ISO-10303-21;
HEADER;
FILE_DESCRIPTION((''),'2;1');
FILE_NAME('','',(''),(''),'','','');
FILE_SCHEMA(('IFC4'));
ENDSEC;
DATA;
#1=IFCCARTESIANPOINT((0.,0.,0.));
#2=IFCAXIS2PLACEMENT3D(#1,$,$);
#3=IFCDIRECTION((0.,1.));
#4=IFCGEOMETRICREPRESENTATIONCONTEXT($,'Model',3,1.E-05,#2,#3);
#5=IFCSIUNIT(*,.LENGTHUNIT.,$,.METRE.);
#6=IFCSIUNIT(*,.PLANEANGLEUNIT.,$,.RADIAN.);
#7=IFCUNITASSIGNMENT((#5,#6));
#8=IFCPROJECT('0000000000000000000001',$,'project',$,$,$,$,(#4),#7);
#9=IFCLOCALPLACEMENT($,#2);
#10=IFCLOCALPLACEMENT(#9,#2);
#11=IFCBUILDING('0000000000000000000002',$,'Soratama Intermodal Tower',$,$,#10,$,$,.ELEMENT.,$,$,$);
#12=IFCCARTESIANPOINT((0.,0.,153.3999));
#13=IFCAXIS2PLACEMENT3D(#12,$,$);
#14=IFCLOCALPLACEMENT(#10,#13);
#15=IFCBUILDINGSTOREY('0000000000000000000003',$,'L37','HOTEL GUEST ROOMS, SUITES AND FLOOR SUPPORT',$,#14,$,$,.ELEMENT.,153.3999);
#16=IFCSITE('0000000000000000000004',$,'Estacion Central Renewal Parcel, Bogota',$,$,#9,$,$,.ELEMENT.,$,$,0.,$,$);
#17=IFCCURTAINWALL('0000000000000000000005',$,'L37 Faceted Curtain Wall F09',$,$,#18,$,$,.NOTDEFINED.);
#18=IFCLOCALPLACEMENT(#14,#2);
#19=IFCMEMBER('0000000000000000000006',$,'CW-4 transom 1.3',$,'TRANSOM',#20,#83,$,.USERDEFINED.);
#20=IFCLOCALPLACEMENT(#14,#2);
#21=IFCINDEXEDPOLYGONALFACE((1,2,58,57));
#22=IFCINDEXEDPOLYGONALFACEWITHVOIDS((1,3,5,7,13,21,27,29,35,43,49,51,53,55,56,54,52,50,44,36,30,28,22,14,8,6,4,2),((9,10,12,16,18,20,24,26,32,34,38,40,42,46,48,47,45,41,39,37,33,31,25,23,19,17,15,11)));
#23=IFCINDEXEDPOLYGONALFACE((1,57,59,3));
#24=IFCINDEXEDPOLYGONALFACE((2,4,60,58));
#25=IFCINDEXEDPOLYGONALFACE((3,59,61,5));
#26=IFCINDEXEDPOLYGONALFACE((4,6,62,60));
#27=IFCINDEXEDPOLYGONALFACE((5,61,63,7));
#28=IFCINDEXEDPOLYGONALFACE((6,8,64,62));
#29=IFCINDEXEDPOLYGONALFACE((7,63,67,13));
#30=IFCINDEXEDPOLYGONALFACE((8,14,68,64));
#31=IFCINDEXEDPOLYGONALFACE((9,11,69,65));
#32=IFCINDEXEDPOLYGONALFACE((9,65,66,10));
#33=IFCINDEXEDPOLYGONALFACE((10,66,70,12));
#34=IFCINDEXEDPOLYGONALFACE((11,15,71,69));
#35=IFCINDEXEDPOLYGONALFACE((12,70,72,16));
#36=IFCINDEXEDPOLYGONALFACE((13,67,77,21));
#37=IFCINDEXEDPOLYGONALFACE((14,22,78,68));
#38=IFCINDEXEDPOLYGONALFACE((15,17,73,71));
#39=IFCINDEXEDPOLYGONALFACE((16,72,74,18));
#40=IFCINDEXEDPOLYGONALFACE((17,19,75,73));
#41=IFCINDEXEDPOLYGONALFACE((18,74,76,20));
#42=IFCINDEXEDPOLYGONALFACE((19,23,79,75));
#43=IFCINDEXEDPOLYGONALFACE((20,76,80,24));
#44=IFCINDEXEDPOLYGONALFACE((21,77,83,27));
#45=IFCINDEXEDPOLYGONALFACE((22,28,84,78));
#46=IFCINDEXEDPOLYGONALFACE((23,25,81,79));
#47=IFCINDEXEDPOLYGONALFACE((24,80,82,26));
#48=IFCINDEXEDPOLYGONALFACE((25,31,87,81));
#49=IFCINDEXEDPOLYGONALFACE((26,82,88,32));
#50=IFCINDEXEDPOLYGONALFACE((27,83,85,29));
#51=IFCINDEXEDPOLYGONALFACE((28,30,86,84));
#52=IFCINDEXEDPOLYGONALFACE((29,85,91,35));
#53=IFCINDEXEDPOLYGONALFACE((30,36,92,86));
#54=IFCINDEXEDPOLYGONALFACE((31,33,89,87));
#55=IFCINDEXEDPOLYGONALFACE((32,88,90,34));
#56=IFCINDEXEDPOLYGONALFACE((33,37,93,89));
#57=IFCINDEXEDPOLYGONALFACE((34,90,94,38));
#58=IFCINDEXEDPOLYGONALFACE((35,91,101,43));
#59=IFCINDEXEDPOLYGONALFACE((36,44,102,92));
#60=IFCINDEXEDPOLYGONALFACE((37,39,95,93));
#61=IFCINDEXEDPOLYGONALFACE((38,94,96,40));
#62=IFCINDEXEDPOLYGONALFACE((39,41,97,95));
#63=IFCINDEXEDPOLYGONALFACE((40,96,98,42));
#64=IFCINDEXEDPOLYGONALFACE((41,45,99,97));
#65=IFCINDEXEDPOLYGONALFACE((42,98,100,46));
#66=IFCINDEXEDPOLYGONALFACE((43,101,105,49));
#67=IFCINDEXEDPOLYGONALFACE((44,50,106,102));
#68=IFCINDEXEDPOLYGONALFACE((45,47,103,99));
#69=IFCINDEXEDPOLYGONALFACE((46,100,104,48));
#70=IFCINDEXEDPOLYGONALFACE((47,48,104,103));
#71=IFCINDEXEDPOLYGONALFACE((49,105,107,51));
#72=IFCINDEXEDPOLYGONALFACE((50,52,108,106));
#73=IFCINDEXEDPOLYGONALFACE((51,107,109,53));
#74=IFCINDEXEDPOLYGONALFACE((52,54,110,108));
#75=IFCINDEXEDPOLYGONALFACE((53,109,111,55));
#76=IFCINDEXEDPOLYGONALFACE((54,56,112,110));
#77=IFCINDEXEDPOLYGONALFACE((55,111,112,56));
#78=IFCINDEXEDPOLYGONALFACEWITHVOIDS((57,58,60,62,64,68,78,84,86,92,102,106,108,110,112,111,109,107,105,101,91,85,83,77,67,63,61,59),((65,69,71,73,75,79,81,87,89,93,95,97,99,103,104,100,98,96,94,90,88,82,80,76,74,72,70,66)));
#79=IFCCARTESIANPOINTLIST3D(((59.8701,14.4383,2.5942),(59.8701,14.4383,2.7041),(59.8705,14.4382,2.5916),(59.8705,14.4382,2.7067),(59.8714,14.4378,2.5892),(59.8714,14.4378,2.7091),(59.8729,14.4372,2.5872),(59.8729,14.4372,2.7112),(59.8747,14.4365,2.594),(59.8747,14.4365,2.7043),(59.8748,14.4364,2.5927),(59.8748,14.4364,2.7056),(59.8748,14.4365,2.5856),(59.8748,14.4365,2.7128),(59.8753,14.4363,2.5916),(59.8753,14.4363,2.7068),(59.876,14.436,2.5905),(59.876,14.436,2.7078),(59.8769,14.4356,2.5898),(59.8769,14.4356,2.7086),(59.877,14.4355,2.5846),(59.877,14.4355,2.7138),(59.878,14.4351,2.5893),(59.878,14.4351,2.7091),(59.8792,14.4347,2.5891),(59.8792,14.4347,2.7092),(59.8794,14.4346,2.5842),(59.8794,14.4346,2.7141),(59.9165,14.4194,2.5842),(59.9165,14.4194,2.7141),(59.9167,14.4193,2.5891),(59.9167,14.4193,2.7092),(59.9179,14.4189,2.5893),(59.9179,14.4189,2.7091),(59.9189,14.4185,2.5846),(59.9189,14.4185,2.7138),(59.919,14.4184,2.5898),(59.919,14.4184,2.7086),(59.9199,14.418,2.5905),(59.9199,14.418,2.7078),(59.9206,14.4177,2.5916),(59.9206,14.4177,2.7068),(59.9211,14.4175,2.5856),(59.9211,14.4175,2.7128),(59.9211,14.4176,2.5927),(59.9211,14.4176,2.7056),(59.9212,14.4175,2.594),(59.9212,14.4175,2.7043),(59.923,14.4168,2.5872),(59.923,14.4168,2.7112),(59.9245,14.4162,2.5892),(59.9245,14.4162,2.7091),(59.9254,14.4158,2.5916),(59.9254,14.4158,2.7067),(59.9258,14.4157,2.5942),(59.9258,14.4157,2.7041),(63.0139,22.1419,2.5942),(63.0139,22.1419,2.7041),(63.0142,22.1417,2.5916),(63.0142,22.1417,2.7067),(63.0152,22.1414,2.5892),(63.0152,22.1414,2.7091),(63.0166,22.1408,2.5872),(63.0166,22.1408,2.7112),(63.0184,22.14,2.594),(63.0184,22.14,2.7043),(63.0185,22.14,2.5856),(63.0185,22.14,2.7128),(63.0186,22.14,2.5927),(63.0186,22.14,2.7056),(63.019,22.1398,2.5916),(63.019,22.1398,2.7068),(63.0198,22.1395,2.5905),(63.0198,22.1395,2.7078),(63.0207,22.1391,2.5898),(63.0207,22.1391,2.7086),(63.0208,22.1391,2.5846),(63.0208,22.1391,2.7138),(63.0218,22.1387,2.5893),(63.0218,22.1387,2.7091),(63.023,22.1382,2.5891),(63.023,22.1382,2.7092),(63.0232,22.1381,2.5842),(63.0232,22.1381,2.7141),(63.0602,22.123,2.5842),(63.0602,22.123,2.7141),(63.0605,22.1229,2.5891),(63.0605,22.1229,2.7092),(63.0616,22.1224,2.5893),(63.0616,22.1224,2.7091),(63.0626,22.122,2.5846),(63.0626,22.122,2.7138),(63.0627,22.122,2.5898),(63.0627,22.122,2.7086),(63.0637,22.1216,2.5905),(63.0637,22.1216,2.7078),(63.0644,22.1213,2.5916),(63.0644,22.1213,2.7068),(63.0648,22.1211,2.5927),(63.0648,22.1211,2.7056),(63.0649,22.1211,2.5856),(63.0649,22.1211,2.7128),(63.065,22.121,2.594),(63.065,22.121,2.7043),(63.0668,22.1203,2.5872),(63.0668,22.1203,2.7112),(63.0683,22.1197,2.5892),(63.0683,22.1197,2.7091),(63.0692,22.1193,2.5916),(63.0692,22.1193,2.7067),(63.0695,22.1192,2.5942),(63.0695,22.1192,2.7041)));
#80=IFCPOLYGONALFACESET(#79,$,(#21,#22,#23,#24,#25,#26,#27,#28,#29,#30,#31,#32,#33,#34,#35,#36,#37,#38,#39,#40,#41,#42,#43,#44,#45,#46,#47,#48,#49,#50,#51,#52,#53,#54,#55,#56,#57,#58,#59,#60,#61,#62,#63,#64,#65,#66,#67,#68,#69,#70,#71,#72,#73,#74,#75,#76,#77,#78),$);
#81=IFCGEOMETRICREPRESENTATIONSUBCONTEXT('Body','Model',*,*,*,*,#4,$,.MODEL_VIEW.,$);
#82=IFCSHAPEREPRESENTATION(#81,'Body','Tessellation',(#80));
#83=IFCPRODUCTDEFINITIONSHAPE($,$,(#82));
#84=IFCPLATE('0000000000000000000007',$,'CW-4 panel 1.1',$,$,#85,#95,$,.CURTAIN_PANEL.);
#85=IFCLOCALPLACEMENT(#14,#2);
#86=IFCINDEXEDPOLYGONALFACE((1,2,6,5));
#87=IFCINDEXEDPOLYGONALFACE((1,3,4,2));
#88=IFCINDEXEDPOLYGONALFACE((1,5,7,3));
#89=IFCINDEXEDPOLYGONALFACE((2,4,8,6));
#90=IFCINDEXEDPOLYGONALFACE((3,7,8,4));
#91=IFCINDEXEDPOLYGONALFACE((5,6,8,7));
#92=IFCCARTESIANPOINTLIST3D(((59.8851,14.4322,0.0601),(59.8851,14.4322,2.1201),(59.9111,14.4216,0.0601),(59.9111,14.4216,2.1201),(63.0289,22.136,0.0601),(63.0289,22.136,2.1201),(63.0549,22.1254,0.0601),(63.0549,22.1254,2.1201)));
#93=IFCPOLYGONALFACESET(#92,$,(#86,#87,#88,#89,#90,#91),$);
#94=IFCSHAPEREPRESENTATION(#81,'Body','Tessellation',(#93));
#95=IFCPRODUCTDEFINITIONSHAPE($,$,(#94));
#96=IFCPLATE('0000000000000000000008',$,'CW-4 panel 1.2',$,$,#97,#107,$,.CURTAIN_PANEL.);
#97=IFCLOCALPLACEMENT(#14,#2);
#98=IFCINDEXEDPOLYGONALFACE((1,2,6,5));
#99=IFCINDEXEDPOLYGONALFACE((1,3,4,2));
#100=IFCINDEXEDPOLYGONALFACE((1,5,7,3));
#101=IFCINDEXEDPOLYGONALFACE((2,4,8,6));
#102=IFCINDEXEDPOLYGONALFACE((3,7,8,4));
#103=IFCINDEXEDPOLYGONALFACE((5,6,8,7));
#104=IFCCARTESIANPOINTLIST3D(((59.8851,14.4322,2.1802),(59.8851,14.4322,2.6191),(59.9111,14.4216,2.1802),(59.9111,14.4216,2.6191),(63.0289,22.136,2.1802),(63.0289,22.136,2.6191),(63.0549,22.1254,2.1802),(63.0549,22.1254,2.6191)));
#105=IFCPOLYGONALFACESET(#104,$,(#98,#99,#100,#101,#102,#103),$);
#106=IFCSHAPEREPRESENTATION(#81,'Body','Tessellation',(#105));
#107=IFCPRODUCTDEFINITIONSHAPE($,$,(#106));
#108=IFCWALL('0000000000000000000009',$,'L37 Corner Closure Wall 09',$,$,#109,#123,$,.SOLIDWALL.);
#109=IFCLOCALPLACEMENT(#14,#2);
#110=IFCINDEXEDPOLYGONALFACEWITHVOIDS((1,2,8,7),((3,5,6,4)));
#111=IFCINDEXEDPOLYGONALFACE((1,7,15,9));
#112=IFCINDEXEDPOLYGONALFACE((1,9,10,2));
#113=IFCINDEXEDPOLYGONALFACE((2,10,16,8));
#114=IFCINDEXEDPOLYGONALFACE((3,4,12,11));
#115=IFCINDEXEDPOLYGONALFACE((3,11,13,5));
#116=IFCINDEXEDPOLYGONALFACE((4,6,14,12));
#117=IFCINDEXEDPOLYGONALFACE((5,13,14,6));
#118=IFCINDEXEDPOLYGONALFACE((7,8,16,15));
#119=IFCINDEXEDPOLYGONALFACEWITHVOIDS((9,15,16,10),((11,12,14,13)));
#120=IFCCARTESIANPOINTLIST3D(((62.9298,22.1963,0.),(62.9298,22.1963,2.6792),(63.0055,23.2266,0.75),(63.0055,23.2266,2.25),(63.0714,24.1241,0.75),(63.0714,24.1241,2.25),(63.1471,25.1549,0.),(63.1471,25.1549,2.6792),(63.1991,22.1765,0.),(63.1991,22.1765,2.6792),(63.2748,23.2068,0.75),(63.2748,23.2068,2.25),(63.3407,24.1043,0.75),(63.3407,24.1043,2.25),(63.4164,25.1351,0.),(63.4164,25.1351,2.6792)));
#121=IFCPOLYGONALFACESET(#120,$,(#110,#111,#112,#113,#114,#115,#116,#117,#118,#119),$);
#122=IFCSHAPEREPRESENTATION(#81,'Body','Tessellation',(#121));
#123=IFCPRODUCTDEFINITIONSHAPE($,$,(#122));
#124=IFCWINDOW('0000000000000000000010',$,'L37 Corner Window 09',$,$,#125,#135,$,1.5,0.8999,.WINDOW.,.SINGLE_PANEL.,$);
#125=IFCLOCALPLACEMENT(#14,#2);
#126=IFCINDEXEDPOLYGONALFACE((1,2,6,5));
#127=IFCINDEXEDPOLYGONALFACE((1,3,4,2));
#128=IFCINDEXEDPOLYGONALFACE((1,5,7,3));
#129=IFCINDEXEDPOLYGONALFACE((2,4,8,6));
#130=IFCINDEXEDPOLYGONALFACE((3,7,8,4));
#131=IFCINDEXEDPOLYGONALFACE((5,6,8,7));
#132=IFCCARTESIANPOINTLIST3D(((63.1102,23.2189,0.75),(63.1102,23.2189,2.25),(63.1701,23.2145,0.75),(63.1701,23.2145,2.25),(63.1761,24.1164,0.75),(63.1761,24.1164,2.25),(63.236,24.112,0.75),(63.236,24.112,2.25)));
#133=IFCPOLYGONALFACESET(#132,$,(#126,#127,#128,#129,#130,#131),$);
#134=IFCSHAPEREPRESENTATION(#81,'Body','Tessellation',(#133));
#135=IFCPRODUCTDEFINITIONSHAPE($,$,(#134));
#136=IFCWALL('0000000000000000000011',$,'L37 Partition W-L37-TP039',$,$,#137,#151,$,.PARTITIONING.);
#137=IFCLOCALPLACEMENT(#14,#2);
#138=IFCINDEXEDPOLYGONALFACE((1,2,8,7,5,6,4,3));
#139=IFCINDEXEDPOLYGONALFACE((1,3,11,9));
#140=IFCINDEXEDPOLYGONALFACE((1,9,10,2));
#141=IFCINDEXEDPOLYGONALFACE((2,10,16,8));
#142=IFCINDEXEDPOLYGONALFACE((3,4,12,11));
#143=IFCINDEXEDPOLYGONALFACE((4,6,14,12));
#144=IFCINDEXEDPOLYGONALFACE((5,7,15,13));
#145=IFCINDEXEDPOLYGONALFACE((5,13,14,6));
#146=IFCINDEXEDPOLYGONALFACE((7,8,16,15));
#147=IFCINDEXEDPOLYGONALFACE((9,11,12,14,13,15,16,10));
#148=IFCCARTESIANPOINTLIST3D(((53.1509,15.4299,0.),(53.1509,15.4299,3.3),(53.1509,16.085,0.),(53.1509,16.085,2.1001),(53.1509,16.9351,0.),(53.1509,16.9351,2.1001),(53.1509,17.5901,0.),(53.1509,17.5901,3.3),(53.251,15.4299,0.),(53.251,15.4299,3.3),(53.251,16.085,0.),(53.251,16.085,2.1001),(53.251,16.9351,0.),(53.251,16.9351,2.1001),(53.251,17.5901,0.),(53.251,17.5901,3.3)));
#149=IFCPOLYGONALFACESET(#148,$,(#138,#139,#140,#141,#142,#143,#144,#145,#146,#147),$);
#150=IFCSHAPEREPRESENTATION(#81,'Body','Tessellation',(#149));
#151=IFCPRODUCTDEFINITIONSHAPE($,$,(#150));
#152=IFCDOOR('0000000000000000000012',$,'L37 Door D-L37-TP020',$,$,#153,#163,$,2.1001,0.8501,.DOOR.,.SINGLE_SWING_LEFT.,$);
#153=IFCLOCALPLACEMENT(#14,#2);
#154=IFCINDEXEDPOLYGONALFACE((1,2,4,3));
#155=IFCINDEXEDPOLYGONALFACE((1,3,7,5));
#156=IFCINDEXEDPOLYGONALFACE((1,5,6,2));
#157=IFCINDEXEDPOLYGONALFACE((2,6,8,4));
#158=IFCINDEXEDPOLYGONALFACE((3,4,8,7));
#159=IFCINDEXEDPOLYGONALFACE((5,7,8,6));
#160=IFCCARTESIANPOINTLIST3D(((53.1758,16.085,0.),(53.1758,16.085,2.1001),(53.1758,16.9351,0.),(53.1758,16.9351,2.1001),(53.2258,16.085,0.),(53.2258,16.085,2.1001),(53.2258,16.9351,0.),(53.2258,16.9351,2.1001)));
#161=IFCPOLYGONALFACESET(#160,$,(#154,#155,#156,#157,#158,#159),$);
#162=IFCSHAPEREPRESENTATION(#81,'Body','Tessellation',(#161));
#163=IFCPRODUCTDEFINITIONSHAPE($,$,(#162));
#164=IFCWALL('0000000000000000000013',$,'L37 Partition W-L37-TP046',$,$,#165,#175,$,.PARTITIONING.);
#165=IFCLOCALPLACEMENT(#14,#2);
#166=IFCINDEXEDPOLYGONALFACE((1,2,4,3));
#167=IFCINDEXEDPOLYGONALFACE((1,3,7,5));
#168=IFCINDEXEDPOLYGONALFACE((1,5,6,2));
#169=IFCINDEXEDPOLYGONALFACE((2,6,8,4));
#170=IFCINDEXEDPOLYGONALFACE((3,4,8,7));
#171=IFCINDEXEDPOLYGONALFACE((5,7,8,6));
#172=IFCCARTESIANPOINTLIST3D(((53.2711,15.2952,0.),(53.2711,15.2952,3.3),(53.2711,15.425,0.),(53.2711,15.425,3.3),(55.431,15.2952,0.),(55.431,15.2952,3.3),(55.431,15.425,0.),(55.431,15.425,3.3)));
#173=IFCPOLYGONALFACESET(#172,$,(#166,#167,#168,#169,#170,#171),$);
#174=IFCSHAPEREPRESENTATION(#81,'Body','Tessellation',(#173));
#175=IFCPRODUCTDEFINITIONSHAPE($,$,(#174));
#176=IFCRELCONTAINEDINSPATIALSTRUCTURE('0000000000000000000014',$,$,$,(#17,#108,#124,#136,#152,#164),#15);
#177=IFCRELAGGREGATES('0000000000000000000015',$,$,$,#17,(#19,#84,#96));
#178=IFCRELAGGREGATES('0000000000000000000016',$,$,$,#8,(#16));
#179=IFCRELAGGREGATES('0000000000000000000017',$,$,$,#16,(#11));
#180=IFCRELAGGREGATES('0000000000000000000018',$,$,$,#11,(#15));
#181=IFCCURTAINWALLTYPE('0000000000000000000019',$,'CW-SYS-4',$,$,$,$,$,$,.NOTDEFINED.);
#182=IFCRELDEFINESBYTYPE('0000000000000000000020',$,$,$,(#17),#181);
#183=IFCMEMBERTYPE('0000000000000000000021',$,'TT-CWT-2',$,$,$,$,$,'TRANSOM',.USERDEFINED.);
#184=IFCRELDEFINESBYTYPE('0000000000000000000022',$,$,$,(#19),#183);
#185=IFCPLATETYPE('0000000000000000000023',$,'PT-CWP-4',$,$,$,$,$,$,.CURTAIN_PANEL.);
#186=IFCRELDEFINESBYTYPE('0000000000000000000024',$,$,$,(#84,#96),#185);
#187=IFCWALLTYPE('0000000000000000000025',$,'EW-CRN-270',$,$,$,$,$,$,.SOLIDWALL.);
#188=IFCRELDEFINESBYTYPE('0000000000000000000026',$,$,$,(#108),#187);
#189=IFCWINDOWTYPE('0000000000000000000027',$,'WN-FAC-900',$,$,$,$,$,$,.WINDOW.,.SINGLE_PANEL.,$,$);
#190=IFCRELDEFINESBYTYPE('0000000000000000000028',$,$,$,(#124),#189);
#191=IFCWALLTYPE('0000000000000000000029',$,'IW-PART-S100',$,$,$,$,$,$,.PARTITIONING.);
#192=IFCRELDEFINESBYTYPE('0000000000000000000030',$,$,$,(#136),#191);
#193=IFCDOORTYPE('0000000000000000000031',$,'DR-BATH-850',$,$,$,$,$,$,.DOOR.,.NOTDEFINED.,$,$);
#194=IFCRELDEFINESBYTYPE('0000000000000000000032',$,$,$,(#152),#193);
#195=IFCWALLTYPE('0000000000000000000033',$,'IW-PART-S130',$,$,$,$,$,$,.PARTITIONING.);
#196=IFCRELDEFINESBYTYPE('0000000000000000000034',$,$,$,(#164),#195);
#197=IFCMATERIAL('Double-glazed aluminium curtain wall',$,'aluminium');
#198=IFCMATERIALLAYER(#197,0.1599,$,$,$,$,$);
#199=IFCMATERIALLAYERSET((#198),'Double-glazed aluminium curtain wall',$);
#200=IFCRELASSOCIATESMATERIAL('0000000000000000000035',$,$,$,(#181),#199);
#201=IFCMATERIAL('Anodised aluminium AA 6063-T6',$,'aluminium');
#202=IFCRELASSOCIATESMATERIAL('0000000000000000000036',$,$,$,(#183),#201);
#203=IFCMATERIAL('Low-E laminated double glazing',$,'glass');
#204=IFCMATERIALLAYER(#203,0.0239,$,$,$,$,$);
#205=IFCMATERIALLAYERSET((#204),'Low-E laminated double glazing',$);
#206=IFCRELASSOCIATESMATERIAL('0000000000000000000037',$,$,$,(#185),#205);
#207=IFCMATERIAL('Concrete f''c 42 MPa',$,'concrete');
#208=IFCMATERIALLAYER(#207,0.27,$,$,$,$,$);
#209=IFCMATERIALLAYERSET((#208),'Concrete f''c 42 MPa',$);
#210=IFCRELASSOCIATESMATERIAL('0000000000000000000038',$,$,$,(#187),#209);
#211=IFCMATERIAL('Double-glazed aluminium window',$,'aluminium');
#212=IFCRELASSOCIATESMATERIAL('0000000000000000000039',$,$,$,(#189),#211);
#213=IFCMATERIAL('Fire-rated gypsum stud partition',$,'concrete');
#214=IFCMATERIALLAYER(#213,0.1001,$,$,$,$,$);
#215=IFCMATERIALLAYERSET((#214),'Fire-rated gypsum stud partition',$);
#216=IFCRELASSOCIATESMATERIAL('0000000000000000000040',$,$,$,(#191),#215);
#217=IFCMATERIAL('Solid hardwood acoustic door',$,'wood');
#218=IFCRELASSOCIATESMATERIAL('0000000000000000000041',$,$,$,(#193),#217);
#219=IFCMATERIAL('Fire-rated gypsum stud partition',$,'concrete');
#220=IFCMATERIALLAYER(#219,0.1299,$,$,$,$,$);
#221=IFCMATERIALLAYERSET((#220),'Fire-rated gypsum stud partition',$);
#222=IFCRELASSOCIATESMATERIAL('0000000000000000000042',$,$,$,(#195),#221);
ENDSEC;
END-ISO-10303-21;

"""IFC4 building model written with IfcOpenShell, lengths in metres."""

from ifc_helpers import new_model, si_unit, direction, frame, frame_2d, origin, origin_2d, place, context, subcontext, project, spatial, rectangle, hollow_rectangle, extrude, material, layer, layer_set, material_profile, profile_set, type_object, element, fill, aggregate, save


model = new_model("IFC4")

# Units and contexts
model_context = context("Model", 3, precision=1e-05, world=origin(), true_north=direction((0.0, 1.0)))
body_context = subcontext(model_context, "Body", "Model", "MODEL_VIEW")
ifc_project = project(units=[si_unit("LENGTHUNIT", "METRE"), si_unit("PLANEANGLEUNIT", "RADIAN")], contexts=[model_context])

# Site, building, storey
site_placement = place(None, origin())
site = spatial("IfcSite", under=ifc_project, at=site_placement, Name="Estacion Central Renewal Parcel, Bogota", CompositionType="ELEMENT", RefElevation=0.0)
building_placement = place(site_placement, origin())
building = spatial("IfcBuilding", under=site, at=building_placement, Name="Soratama Intermodal Tower", CompositionType="ELEMENT")
storey_placement = place(building_placement, frame((0.0, 0.0, 153.3999)))
storey = spatial("IfcBuildingStorey", under=building, at=storey_placement, Name="L37", Description="HOTEL GUEST ROOMS, SUITES AND FLOOR SUPPORT", CompositionType="ELEMENT", Elevation=153.3999)

# Curtain wall, member, plates
ifc_material_1 = material(Name="Double-glazed aluminium curtain wall", Category="aluminium")
ifc_layer_1 = layer(ifc_material_1, 0.1599)
ifc_layer_set_1 = layer_set([ifc_layer_1], Name="Double-glazed aluminium curtain wall")
curtain_wall_type = type_object("IfcCurtainWallType", Name="CW-SYS-4", PredefinedType="NOTDEFINED", material=ifc_layer_set_1)
curtain_wall_placement = place(storey_placement, origin())
curtain_wall = element("IfcCurtainWall", 1, at=curtain_wall_placement, inside=storey, type_object=curtain_wall_type, Name="L37 Faceted Curtain Wall F09", PredefinedType="NOTDEFINED")
ifc_material_2 = material(Name="Anodised aluminium AA 6063-T6", Category="aluminium")
ifc_material_profile_1 = material_profile(ifc_material_2, hollow_rectangle(XDim=0.0601, YDim=0.1299, WallThickness=0.0049, InnerFilletRadius=0.0049, OuterFilletRadius=0.01, at=origin_2d()), Name="CWT130X60X5")
ifc_profile_set_1 = profile_set([ifc_material_profile_1], Name="Anodised aluminium AA 6063-T6")
member_type_1 = type_object("IfcMemberType", Name="TT-CWT-2", ElementType="TRANSOM", PredefinedType="USERDEFINED", material=ifc_profile_set_1)
member_1_placement = place(storey_placement, frame((59.8979, 14.427, 2.6492), z_axis=(0.377842, 0.92587, 0.0), x_axis=(-0.92587, 0.377842, 0.0)))
member_1 = element("IfcMember", 2, at=member_1_placement, type_object=member_type_1, Name="CW-4 transom 1.3", ObjectType="TRANSOM", PredefinedType="USERDEFINED", context=body_context, shape_type="SweptSolid", body=[
    extrude(hollow_rectangle(XDim=0.0601, YDim=0.1299, WallThickness=0.0049, InnerFilletRadius=0.0049, OuterFilletRadius=0.01, at=origin_2d()), origin(), (0.0, 0.0, 1.0), 8.3203),
])
ifc_material_3 = material(Name="Low-E laminated double glazing", Category="glass")
ifc_layer_2 = layer(ifc_material_3, 0.0239)
ifc_layer_set_2 = layer_set([ifc_layer_2], Name="Low-E laminated double glazing")
plate_type = type_object("IfcPlateType", Name="PT-CWP-4", PredefinedType="CURTAIN_PANEL", material=ifc_layer_set_2)
plate_1_placement = place(storey_placement, frame((61.47, 18.2788, 0.0601), z_axis=(0.0, 0.0, 1.0), x_axis=(0.377835, 0.925873, 0.0)))
plate_1 = element("IfcPlate", 3, at=plate_1_placement, type_object=plate_type, Name="CW-4 panel 1.1", PredefinedType="CURTAIN_PANEL", context=body_context, shape_type="SweptSolid", body=[
    extrude(rectangle(XDim=8.3206, YDim=0.0281, at=origin_2d()), origin(), (0.0, 0.0, 1.0), 2.0601),
])
plate_2_placement = place(storey_placement, frame((61.47, 18.2788, 2.1802), z_axis=(0.0, 0.0, 1.0), x_axis=(0.377835, 0.925873, 0.0)))
plate_2 = element("IfcPlate", 4, at=plate_2_placement, type_object=plate_type, Name="CW-4 panel 1.2", PredefinedType="CURTAIN_PANEL", context=body_context, shape_type="SweptSolid", body=[
    extrude(rectangle(XDim=8.3206, YDim=0.0281, at=origin_2d()), origin(), (0.0, 0.0, 1.0), 0.439),
])
aggregate(curtain_wall, [member_1, plate_1, plate_2])

# Wall, opening, window
ifc_material_4 = material(Name="Concrete f'c 42 MPa", Category="concrete")
ifc_layer_3 = layer(ifc_material_4, 0.27)
ifc_layer_set_3 = layer_set([ifc_layer_3], Name="Concrete f'c 42 MPa")
wall_type_1 = type_object("IfcWallType", Name="EW-CRN-270", PredefinedType="SOLIDWALL", material=ifc_layer_set_3)
wall_1_placement = place(storey_placement, frame((63.0645, 22.1863, 0.0), z_axis=(0.0, 0.0, 1.0), x_axis=(0.073247, 0.997314, 0.0)))
wall_1 = element("IfcWall", 5, at=wall_1_placement, inside=storey, type_object=wall_type_1, Name="L37 Corner Closure Wall 09", PredefinedType="SOLIDWALL", context=body_context, shape_type="SweptSolid", body=[
    extrude(rectangle(XDim=2.9666, YDim=0.27, at=frame_2d((1.4834, 0.0))), origin(), (0.0, 0.0, 1.0), 2.6792),
])
opening_1_placement = place(wall_1_placement, frame((1.0332, 0.0, 0.75)))
opening_1 = element("IfcOpeningElement", 6, at=opening_1_placement, cuts=wall_1, PredefinedType="OPENING", context=body_context, shape_type="SweptSolid", body=[
    extrude(rectangle(XDim=0.8999, YDim=1.5, at=frame_2d((0.45, 0.75))), frame((0.0, 0.145, 0.0), z_axis=(0.0, -1.0, 0.0), x_axis=(1.0, 0.0, 0.0)), (0.0, 0.0, 1.0), 0.29),
])
ifc_material_5 = material(Name="Double-glazed aluminium window", Category="aluminium")
window_type = type_object("IfcWindowType", Name="WN-FAC-900", PartitioningType="SINGLE_PANEL", PredefinedType="WINDOW", material=ifc_material_5)
window_placement = place(opening_1_placement, origin())
window = element("IfcWindow", 7, at=window_placement, inside=storey, type_object=window_type, Name="L37 Corner Window 09", OverallHeight=1.5, OverallWidth=0.8999, PartitioningType="SINGLE_PANEL", PredefinedType="WINDOW", context=body_context, shape_type="SweptSolid", body=[
    extrude(rectangle(XDim=0.8999, YDim=1.5, at=frame_2d((0.45, 0.75))), frame((0.0, 0.03, 0.0), z_axis=(0.0, -1.0, 0.0), x_axis=(1.0, 0.0, 0.0)), (0.0, 0.0, 1.0), 0.0601),
])
fill(opening_1, window)

# Wall, opening, door
ifc_material_6 = material(Name="Fire-rated gypsum stud partition", Category="concrete")
ifc_layer_4 = layer(ifc_material_6, 0.1001)
ifc_layer_set_4 = layer_set([ifc_layer_4], Name="Fire-rated gypsum stud partition")
wall_type_2 = type_object("IfcWallType", Name="IW-PART-S100", PredefinedType="PARTITIONING", material=ifc_layer_set_4)
wall_2_placement = place(storey_placement, frame((53.2009, 17.5901, 0.0), z_axis=(0.0, 0.0, 1.0), x_axis=(0.0, -1.0, 0.0)))
wall_2 = element("IfcWall", 8, at=wall_2_placement, inside=storey, type_object=wall_type_2, Name="L37 Partition W-L37-TP039", PredefinedType="PARTITIONING", context=body_context, shape_type="SweptSolid", body=[
    extrude(rectangle(XDim=2.1602, YDim=0.1001, at=frame_2d((1.0801, 0.0))), origin(), (0.0, 0.0, 1.0), 3.3),
])
opening_2_placement = place(wall_2_placement, frame((0.655, 0.0, 0.0)))
opening_2 = element("IfcOpeningElement", 9, at=opening_2_placement, cuts=wall_2, PredefinedType="OPENING", context=body_context, shape_type="SweptSolid", body=[
    extrude(rectangle(XDim=0.8501, YDim=2.1001, at=frame_2d((0.425, 1.05))), frame((0.0, 0.0601, 0.0), z_axis=(0.0, -1.0, 0.0), x_axis=(1.0, 0.0, 0.0)), (0.0, 0.0, 1.0), 0.1201),
])
ifc_material_7 = material(Name="Solid hardwood acoustic door", Category="wood")
door_type = type_object("IfcDoorType", Name="DR-BATH-850", OperationType="NOTDEFINED", PredefinedType="DOOR", material=ifc_material_7)
door_placement = place(opening_2_placement, origin())
door = element("IfcDoor", 10, at=door_placement, inside=storey, type_object=door_type, Name="L37 Door D-L37-TP020", OperationType="SINGLE_SWING_LEFT", OverallHeight=2.1001, OverallWidth=0.8501, PredefinedType="DOOR", context=body_context, shape_type="SweptSolid", body=[
    extrude(rectangle(XDim=0.8501, YDim=2.1001, at=frame_2d((0.425, 1.05))), frame((0.0, 0.0249, 0.0), z_axis=(0.0, -1.0, 0.0), x_axis=(1.0, 0.0, 0.0)), (0.0, 0.0, 1.0), 0.05),
])
fill(opening_2, door)

# Wall
ifc_material_8 = material(Name="Fire-rated gypsum stud partition", Category="concrete")
ifc_layer_5 = layer(ifc_material_8, 0.1299)
ifc_layer_set_5 = layer_set([ifc_layer_5], Name="Fire-rated gypsum stud partition")
wall_type_3 = type_object("IfcWallType", Name="IW-PART-S130", PredefinedType="PARTITIONING", material=ifc_layer_set_5)
wall_3_placement = place(storey_placement, frame((53.271, 15.3601, 0.0), z_axis=(0.0, 0.0, 1.0), x_axis=(1.0, 0.0, 0.0)))
element("IfcWall", 11, at=wall_3_placement, inside=storey, type_object=wall_type_3, Name="L37 Partition W-L37-TP046", PredefinedType="PARTITIONING", context=body_context, shape_type="SweptSolid", body=[
    extrude(rectangle(XDim=2.1599, YDim=0.1299, at=frame_2d((1.0801, 0.0))), origin(), (0.0, 0.0, 1.0), 3.3),
])

save(model, "model.ifc")
